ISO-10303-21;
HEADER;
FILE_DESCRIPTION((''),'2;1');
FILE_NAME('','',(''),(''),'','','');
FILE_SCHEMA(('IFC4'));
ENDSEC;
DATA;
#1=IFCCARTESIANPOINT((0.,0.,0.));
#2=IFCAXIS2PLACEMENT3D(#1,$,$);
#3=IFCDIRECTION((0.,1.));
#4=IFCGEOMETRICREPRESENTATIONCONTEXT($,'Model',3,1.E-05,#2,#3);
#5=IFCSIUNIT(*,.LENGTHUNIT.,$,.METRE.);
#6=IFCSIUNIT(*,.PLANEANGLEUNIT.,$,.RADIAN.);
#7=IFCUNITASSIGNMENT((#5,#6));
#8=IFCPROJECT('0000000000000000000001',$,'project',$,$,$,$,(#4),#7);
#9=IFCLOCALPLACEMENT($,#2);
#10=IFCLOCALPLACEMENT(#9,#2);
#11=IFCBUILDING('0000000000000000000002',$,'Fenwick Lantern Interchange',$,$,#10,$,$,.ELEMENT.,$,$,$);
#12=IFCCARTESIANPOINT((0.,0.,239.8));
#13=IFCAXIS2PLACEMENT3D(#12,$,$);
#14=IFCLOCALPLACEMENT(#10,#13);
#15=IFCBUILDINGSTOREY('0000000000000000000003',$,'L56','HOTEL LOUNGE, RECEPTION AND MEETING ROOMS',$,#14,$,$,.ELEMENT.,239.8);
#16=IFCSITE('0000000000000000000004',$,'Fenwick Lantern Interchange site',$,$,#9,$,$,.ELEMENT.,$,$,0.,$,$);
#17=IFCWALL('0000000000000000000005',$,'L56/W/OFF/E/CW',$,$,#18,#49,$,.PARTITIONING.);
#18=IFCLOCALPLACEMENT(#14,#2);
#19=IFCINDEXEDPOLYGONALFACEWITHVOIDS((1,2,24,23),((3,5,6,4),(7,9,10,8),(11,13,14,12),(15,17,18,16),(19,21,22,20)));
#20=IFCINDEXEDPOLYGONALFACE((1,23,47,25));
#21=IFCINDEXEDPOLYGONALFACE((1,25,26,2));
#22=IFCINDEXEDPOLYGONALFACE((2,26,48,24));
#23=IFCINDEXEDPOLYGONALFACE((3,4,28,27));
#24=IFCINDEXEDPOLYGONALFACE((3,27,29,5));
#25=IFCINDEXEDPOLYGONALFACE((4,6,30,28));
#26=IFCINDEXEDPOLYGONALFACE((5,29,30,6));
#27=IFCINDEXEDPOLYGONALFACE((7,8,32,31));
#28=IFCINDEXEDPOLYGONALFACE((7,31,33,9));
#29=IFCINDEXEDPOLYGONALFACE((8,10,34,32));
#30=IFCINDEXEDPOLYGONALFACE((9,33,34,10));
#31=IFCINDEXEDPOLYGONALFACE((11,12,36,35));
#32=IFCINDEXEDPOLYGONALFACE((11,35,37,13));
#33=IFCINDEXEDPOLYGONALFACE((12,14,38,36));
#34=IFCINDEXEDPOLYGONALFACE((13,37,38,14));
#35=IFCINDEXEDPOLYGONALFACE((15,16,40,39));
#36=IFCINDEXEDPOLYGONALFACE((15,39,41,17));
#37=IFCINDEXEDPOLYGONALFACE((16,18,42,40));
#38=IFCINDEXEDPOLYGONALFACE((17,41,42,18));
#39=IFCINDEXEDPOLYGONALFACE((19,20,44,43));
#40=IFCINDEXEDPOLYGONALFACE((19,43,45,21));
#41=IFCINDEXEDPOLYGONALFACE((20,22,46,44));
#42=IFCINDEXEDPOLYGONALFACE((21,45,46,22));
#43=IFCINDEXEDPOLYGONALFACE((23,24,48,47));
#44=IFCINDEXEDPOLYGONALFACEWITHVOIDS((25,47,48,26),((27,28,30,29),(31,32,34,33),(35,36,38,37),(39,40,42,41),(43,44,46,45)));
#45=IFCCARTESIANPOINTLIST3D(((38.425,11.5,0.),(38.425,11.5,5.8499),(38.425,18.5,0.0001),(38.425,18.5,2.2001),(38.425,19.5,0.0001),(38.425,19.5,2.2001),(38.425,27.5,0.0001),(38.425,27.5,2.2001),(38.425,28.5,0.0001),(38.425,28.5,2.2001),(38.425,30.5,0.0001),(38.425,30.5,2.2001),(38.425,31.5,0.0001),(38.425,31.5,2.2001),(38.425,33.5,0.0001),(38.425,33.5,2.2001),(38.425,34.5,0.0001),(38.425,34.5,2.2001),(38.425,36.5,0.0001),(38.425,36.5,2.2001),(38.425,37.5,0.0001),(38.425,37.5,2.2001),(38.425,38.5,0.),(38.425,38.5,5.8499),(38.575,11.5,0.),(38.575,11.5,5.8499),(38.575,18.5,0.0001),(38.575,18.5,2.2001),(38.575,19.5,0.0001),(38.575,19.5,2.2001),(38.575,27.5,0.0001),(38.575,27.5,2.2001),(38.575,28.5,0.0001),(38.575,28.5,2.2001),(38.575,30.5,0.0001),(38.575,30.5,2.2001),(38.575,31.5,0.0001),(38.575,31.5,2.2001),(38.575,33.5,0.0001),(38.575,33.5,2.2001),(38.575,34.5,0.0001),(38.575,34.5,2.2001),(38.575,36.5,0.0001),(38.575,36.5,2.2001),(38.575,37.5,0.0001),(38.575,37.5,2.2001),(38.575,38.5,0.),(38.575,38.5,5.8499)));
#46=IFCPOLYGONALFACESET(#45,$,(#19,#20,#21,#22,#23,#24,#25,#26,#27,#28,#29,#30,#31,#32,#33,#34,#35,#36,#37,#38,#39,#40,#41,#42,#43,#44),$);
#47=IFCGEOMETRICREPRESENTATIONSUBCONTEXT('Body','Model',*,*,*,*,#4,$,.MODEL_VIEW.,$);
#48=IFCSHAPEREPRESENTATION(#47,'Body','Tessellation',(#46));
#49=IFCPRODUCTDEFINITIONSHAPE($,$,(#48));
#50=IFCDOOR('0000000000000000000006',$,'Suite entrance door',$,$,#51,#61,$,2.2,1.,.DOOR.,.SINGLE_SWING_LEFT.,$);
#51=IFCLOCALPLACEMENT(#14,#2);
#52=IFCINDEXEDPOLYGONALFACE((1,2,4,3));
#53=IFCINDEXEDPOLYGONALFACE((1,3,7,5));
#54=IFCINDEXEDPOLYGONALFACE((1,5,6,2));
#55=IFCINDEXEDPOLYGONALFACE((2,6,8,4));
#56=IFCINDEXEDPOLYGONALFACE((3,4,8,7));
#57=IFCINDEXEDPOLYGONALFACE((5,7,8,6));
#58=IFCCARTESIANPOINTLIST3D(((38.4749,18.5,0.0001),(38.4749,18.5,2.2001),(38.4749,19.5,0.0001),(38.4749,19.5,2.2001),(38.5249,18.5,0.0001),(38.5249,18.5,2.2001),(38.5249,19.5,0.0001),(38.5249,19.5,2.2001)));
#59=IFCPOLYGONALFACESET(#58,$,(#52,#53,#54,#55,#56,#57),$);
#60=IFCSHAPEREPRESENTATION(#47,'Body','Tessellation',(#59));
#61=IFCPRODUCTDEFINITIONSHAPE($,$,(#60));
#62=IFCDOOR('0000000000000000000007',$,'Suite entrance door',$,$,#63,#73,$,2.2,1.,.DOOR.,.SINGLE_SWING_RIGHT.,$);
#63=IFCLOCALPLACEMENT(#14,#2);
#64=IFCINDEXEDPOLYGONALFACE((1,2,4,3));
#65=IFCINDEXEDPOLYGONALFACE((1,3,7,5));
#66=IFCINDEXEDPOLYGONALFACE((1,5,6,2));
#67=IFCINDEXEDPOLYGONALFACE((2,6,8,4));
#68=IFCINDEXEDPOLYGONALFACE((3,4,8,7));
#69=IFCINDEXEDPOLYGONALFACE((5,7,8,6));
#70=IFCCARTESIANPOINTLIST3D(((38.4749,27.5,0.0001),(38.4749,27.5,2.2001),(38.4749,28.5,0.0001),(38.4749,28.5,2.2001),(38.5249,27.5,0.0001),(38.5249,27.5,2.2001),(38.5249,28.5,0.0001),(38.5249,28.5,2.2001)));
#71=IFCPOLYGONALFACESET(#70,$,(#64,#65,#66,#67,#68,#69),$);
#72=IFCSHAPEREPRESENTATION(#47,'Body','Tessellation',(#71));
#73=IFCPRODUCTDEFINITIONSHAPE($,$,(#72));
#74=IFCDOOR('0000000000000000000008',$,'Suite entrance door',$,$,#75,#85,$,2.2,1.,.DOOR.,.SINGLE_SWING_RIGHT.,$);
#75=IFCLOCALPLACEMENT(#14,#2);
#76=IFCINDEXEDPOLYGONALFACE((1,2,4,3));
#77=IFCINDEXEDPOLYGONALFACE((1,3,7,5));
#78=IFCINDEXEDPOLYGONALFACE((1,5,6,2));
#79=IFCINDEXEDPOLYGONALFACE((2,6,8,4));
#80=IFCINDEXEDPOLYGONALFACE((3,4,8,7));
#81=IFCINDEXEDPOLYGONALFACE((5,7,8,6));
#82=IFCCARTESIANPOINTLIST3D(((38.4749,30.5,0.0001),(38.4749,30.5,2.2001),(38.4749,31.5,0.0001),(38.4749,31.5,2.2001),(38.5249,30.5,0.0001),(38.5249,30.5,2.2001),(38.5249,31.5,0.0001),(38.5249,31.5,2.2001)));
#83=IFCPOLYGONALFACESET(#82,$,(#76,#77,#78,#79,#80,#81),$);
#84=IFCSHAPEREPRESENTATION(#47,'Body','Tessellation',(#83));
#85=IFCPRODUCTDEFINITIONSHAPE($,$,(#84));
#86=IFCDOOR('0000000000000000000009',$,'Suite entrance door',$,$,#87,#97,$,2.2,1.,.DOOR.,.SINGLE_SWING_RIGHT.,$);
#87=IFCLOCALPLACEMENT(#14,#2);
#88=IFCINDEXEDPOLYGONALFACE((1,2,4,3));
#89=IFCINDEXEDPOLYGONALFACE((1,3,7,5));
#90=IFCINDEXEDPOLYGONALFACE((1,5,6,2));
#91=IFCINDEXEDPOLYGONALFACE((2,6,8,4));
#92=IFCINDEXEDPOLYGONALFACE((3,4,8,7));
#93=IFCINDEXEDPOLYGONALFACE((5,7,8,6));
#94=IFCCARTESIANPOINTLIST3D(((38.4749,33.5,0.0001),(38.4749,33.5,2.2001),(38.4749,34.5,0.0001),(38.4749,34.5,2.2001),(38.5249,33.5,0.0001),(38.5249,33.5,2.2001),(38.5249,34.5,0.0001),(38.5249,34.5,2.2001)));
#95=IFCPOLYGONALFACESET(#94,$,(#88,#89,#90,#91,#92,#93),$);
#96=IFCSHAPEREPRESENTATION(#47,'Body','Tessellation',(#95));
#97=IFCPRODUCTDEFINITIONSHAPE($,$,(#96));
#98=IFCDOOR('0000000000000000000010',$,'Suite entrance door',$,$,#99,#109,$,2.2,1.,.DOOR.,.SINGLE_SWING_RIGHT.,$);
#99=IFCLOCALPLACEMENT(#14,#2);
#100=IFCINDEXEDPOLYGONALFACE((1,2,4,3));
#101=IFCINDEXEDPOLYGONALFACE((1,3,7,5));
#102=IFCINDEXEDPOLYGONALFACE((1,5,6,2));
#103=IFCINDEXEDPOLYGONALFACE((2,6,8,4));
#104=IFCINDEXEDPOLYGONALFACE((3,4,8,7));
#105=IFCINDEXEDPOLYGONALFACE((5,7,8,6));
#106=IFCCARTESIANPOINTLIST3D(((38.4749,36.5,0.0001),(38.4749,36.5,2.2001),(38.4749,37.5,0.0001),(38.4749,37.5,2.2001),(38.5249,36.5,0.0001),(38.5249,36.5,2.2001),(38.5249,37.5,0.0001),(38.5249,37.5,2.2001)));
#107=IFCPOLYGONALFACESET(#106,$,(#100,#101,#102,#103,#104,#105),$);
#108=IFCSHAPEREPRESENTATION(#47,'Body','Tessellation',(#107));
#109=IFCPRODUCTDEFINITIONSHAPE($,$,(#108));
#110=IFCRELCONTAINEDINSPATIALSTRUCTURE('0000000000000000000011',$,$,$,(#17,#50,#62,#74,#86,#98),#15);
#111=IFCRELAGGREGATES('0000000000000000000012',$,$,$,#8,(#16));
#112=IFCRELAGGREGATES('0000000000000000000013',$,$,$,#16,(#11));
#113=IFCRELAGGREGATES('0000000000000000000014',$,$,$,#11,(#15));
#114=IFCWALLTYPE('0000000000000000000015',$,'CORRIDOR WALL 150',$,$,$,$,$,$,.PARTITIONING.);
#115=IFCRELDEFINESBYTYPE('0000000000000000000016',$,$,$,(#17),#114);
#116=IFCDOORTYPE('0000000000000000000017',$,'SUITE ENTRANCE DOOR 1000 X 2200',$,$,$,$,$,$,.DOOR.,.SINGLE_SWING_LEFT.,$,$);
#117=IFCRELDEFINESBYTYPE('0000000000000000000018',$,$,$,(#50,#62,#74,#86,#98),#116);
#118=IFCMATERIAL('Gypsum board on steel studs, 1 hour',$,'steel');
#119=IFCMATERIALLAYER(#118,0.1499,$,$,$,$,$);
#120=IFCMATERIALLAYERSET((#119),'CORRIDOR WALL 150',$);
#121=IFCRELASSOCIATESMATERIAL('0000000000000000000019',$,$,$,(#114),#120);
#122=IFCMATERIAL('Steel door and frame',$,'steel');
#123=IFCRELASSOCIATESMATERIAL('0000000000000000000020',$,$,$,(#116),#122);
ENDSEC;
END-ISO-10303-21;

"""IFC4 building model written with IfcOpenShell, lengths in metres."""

from ifc_helpers import new_model, si_unit, direction, frame, frame_2d, origin, place, context, subcontext, project, spatial, rectangle, extrude, material, layer, layer_set, type_object, element, fill, save


model = new_model("IFC4")

# Units and contexts
model_context = context("Model", 3, precision=1e-05, world=origin(), true_north=direction((0.0, 1.0)))
body_context = subcontext(model_context, "Body", "Model", "MODEL_VIEW")
ifc_project = project(units=[si_unit("LENGTHUNIT", "METRE"), si_unit("PLANEANGLEUNIT", "RADIAN")], contexts=[model_context])

# Site, building, storey
site_placement = place(None, origin())
site = spatial("IfcSite", under=ifc_project, at=site_placement, Name="Fenwick Lantern Interchange site", CompositionType="ELEMENT", RefElevation=0.0)
building_placement = place(site_placement, origin())
building = spatial("IfcBuilding", under=site, at=building_placement, Name="Fenwick Lantern Interchange", CompositionType="ELEMENT")
storey_placement = place(building_placement, frame((0.0, 0.0, 239.8)))
storey = spatial("IfcBuildingStorey", under=building, at=storey_placement, Name="L56", Description="HOTEL LOUNGE, RECEPTION AND MEETING ROOMS", CompositionType="ELEMENT", Elevation=239.8)

# Wall, openings, doors
ifc_material_1 = material(Name="Gypsum board on steel studs, 1 hour", Category="steel")
ifc_layer = layer(ifc_material_1, 0.1499)
ifc_layer_set = layer_set([ifc_layer], Name="CORRIDOR WALL 150")
wall_type = type_object("IfcWallType", Name="CORRIDOR WALL 150", PredefinedType="PARTITIONING", material=ifc_layer_set)
wall_placement = place(storey_placement, frame((38.5, 11.5, 0.0), z_axis=(0.0, 0.0, 1.0), x_axis=(0.0, 1.0, 0.0)))
wall = element("IfcWall", 1, at=wall_placement, inside=storey, type_object=wall_type, Name="L56/W/OFF/E/CW", PredefinedType="PARTITIONING", context=body_context, shape_type="SweptSolid", body=[
    extrude(rectangle(XDim=27.0, YDim=0.1499, at=frame_2d((13.5, 0.0))), origin(), (0.0, 0.0, 1.0), 5.8499),
])
opening_1_placement = place(wall_placement, frame((7.0, 0.0, 0.0)))
opening_1 = element("IfcOpeningElement", 2, at=opening_1_placement, cuts=wall, PredefinedType="OPENING", context=body_context, shape_type="SweptSolid", body=[
    extrude(rectangle(XDim=1.0, YDim=2.2, at=frame_2d((0.5, 1.1001))), frame((0.0, 0.085, 0.0), z_axis=(0.0, -1.0, 0.0), x_axis=(1.0, 0.0, 0.0)), (0.0, 0.0, 1.0), 0.1699),
])
opening_2_placement = place(wall_placement, frame((16.0, 0.0, 0.0)))
opening_2 = element("IfcOpeningElement", 3, at=opening_2_placement, cuts=wall, PredefinedType="OPENING", context=body_context, shape_type="SweptSolid", body=[
    extrude(rectangle(XDim=1.0, YDim=2.2, at=frame_2d((0.5, 1.1001))), frame((0.0, 0.085, 0.0), z_axis=(0.0, -1.0, 0.0), x_axis=(1.0, 0.0, 0.0)), (0.0, 0.0, 1.0), 0.1699),
])
opening_3_placement = place(wall_placement, frame((19.0, 0.0, 0.0)))
opening_3 = element("IfcOpeningElement", 4, at=opening_3_placement, cuts=wall, PredefinedType="OPENING", context=body_context, shape_type="SweptSolid", body=[
    extrude(rectangle(XDim=1.0, YDim=2.2, at=frame_2d((0.5, 1.1001))), frame((0.0, 0.085, 0.0), z_axis=(0.0, -1.0, 0.0), x_axis=(1.0, 0.0, 0.0)), (0.0, 0.0, 1.0), 0.1699),
])
opening_4_placement = place(wall_placement, frame((22.0, 0.0, 0.0)))
opening_4 = element("IfcOpeningElement", 5, at=opening_4_placement, cuts=wall, PredefinedType="OPENING", context=body_context, shape_type="SweptSolid", body=[
    extrude(rectangle(XDim=1.0, YDim=2.2, at=frame_2d((0.5, 1.1001))), frame((0.0, 0.085, 0.0), z_axis=(0.0, -1.0, 0.0), x_axis=(1.0, 0.0, 0.0)), (0.0, 0.0, 1.0), 0.1699),
])
opening_5_placement = place(wall_placement, frame((25.0, 0.0, 0.0)))
opening_5 = element("IfcOpeningElement", 6, at=opening_5_placement, cuts=wall, PredefinedType="OPENING", context=body_context, shape_type="SweptSolid", body=[
    extrude(rectangle(XDim=1.0, YDim=2.2, at=frame_2d((0.5, 1.1001))), frame((0.0, 0.085, 0.0), z_axis=(0.0, -1.0, 0.0), x_axis=(1.0, 0.0, 0.0)), (0.0, 0.0, 1.0), 0.1699),
])
ifc_material_2 = material(Name="Steel door and frame", Category="steel")
door_type = type_object("IfcDoorType", Name="SUITE ENTRANCE DOOR 1000 X 2200", OperationType="SINGLE_SWING_LEFT", PredefinedType="DOOR", material=ifc_material_2)
door_1_placement = place(opening_1_placement, frame((1.0, 0.0, 0.0), z_axis=(0.0, 0.0, 1.0), x_axis=(-1.0, 0.0, 0.0)))
door_1 = element("IfcDoor", 7, at=door_1_placement, inside=storey, type_object=door_type, Name="Suite entrance door", OperationType="SINGLE_SWING_LEFT", OverallHeight=2.2, OverallWidth=1.0, PredefinedType="DOOR", context=body_context, shape_type="SweptSolid", body=[
    extrude(rectangle(XDim=1.0, YDim=2.2, at=frame_2d((0.5, 1.1001))), frame((0.0, 0.0249, 0.0), z_axis=(0.0, -1.0, 0.0), x_axis=(1.0, 0.0, 0.0)), (0.0, 0.0, 1.0), 0.05),
])
fill(opening_1, door_1)
door_2_placement = place(opening_2_placement, frame((1.0, 0.0, 0.0), z_axis=(0.0, 0.0, 1.0), x_axis=(-1.0, 0.0, 0.0)))
door_2 = element("IfcDoor", 8, at=door_2_placement, inside=storey, type_object=door_type, Name="Suite entrance door", OperationType="SINGLE_SWING_RIGHT", OverallHeight=2.2, OverallWidth=1.0, PredefinedType="DOOR", context=body_context, shape_type="SweptSolid", body=[
    extrude(rectangle(XDim=1.0, YDim=2.2, at=frame_2d((0.5, 1.1001))), frame((0.0, 0.0249, 0.0), z_axis=(0.0, -1.0, 0.0), x_axis=(1.0, 0.0, 0.0)), (0.0, 0.0, 1.0), 0.05),
])
fill(opening_2, door_2)
door_3_placement = place(opening_3_placement, frame((1.0, 0.0, 0.0), z_axis=(0.0, 0.0, 1.0), x_axis=(-1.0, 0.0, 0.0)))
door_3 = element("IfcDoor", 9, at=door_3_placement, inside=storey, type_object=door_type, Name="Suite entrance door", OperationType="SINGLE_SWING_RIGHT", OverallHeight=2.2, OverallWidth=1.0, PredefinedType="DOOR", context=body_context, shape_type="SweptSolid", body=[
    extrude(rectangle(XDim=1.0, YDim=2.2, at=frame_2d((0.5, 1.1001))), frame((0.0, 0.0249, 0.0), z_axis=(0.0, -1.0, 0.0), x_axis=(1.0, 0.0, 0.0)), (0.0, 0.0, 1.0), 0.05),
])
fill(opening_3, door_3)
door_4_placement = place(opening_4_placement, frame((1.0, 0.0, 0.0), z_axis=(0.0, 0.0, 1.0), x_axis=(-1.0, 0.0, 0.0)))
door_4 = element("IfcDoor", 10, at=door_4_placement, inside=storey, type_object=door_type, Name="Suite entrance door", OperationType="SINGLE_SWING_RIGHT", OverallHeight=2.2, OverallWidth=1.0, PredefinedType="DOOR", context=body_context, shape_type="SweptSolid", body=[
    extrude(rectangle(XDim=1.0, YDim=2.2, at=frame_2d((0.5, 1.1001))), frame((0.0, 0.0249, 0.0), z_axis=(0.0, -1.0, 0.0), x_axis=(1.0, 0.0, 0.0)), (0.0, 0.0, 1.0), 0.05),
])
fill(opening_4, door_4)
door_5_placement = place(opening_5_placement, frame((1.0, 0.0, 0.0), z_axis=(0.0, 0.0, 1.0), x_axis=(-1.0, 0.0, 0.0)))
door_5 = element("IfcDoor", 11, at=door_5_placement, inside=storey, type_object=door_type, Name="Suite entrance door", OperationType="SINGLE_SWING_RIGHT", OverallHeight=2.2, OverallWidth=1.0, PredefinedType="DOOR", context=body_context, shape_type="SweptSolid", body=[
    extrude(rectangle(XDim=1.0, YDim=2.2, at=frame_2d((0.5, 1.1001))), frame((0.0, 0.0249, 0.0), z_axis=(0.0, -1.0, 0.0), x_axis=(1.0, 0.0, 0.0)), (0.0, 0.0, 1.0), 0.05),
])
fill(opening_5, door_5)

save(model, "model.ifc")
